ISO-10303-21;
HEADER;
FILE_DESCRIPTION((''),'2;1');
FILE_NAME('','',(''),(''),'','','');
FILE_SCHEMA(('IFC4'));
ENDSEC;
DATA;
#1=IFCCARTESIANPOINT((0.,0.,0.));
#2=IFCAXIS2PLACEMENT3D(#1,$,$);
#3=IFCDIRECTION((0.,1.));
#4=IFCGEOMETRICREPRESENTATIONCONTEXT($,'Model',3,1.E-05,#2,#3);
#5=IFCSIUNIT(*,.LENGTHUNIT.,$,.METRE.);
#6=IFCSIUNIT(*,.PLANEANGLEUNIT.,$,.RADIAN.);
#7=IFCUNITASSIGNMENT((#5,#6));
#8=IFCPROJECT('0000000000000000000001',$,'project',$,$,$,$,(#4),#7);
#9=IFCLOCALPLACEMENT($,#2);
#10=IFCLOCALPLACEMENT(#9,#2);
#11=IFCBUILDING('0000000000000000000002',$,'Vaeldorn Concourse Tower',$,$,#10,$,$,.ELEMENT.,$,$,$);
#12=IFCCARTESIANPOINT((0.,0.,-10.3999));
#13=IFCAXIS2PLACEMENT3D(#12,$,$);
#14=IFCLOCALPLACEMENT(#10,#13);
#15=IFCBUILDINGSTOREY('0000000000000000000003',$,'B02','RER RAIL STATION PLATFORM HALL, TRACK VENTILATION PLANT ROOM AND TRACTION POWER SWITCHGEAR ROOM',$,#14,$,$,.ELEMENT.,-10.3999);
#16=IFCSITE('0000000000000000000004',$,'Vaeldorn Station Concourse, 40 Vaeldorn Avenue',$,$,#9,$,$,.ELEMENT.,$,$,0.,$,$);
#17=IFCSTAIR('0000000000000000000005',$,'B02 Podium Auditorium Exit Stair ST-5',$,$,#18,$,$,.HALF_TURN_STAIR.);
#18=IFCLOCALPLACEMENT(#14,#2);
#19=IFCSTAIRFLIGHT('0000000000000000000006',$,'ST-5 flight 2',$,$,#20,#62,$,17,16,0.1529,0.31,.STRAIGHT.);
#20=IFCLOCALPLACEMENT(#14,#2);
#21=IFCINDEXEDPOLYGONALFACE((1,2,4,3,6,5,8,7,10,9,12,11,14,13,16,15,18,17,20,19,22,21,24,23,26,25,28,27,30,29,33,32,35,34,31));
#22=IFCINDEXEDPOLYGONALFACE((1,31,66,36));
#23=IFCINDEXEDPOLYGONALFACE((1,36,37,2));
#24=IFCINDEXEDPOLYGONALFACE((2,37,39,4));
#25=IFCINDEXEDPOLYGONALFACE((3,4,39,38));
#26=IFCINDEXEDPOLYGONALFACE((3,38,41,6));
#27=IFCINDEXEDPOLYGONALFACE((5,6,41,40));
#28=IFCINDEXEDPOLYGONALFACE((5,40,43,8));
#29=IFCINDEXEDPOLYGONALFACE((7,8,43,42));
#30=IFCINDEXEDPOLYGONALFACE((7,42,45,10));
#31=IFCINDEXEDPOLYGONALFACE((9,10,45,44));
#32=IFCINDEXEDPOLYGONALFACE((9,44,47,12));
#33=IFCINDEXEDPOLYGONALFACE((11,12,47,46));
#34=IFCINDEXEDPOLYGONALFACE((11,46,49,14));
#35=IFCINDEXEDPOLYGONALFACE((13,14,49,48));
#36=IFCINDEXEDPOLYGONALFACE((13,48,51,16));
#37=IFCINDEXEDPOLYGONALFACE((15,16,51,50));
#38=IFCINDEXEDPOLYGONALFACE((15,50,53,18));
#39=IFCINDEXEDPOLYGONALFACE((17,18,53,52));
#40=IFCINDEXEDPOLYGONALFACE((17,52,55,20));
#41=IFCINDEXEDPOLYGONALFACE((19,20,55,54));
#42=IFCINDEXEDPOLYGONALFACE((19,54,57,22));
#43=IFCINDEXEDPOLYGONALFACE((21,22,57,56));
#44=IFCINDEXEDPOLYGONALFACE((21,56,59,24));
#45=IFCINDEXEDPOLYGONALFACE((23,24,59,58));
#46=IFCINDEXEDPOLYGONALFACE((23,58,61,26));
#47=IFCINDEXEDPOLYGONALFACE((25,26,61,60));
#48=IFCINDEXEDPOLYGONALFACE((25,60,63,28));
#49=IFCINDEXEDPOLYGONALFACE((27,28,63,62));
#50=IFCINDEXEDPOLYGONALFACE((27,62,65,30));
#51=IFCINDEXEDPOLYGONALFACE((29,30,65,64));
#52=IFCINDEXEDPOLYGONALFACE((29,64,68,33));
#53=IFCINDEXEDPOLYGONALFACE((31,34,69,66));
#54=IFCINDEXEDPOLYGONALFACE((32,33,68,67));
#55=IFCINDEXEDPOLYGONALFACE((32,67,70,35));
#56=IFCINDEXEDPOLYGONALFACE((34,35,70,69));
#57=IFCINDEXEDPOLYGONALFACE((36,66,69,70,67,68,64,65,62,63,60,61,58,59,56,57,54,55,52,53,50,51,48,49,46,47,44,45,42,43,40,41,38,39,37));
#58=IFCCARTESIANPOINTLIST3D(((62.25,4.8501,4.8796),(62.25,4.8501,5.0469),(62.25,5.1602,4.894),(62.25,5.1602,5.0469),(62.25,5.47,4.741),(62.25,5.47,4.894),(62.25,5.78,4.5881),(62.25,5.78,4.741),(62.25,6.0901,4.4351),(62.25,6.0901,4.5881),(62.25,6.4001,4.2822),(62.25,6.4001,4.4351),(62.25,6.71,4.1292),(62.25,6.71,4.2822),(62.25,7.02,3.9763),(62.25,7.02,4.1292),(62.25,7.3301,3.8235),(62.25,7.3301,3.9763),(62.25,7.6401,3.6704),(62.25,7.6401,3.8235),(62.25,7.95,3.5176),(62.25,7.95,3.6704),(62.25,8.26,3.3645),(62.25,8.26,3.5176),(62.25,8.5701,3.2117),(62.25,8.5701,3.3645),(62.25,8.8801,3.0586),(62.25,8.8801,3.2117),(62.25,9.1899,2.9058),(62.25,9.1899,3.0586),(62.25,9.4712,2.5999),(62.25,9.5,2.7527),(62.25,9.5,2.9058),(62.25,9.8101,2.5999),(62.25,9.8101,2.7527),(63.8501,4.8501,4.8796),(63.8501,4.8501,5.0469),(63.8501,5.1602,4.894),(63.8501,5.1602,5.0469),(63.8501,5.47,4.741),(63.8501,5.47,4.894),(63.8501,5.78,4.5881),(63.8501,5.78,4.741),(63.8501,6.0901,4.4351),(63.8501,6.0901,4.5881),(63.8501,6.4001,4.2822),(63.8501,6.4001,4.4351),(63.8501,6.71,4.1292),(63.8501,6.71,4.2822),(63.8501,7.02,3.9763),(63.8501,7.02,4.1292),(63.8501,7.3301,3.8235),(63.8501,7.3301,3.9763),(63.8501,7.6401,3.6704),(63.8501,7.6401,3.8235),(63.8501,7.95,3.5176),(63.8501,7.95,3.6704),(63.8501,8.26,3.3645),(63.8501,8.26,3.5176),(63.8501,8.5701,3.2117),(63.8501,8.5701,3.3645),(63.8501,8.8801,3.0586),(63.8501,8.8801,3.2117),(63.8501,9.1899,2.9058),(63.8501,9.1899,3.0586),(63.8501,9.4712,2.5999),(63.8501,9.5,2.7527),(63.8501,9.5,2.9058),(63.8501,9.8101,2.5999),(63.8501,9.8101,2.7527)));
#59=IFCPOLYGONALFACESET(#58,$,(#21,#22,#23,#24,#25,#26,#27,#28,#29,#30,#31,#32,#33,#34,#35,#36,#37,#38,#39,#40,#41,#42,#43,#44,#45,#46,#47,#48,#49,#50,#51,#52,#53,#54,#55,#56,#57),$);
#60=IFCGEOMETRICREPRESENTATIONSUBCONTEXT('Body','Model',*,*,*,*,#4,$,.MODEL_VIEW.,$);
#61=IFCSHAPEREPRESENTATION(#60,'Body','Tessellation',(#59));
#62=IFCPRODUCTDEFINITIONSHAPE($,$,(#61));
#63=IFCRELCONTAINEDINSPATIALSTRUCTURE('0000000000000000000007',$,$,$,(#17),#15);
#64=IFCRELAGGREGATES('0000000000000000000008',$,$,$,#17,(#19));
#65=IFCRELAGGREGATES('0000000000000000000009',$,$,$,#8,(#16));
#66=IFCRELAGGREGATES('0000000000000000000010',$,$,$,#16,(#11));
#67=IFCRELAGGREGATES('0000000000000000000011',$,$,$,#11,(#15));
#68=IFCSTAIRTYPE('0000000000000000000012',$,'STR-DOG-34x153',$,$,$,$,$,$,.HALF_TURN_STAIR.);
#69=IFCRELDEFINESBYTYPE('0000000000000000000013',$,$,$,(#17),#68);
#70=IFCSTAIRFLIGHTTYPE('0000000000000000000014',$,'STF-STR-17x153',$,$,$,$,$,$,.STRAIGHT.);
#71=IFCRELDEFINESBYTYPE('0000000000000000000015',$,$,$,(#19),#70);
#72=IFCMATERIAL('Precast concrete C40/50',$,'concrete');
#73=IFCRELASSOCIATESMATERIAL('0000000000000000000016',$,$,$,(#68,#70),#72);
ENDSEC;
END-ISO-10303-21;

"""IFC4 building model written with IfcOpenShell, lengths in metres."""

from ifc_helpers import new_model, si_unit, direction, frame, origin, place, context, subcontext, project, spatial, polyline, outline, extrude, material, type_object, element, aggregate, save


model = new_model("IFC4")

# Units and contexts
model_context = context("Model", 3, precision=1e-05, world=origin(), true_north=direction((0.0, 1.0)))
body_context = subcontext(model_context, "Body", "Model", "MODEL_VIEW")
ifc_project = project(units=[si_unit("LENGTHUNIT", "METRE"), si_unit("PLANEANGLEUNIT", "RADIAN")], contexts=[model_context])

# Site, building, storey
site_placement = place(None, origin())
site = spatial("IfcSite", under=ifc_project, at=site_placement, Name="Vaeldorn Station Concourse, 40 Vaeldorn Avenue", CompositionType="ELEMENT", RefElevation=0.0)
building_placement = place(site_placement, origin())
building = spatial("IfcBuilding", under=site, at=building_placement, Name="Vaeldorn Concourse Tower", CompositionType="ELEMENT")
storey_placement = place(building_placement, frame((0.0, 0.0, -10.3999)))
storey = spatial("IfcBuildingStorey", under=building, at=storey_placement, Name="B02", Description="RER RAIL STATION PLATFORM HALL, TRACK VENTILATION PLANT ROOM AND TRACTION POWER SWITCHGEAR ROOM", CompositionType="ELEMENT", Elevation=-10.3999)

# Stair, stair flight
ifc_material_1 = material(Name="Precast concrete C40/50", Category="concrete")
stair_type = type_object("IfcStairType", Name="STR-DOG-34x153", PredefinedType="HALF_TURN_STAIR", material=ifc_material_1)
stair_placement = place(storey_placement, origin())
stair = element("IfcStair", 1, at=stair_placement, inside=storey, type_object=stair_type, Name="B02 Podium Auditorium Exit Stair ST-5", PredefinedType="HALF_TURN_STAIR")
stair_flight_type = type_object("IfcStairFlightType", Name="STF-STR-17x153", PredefinedType="STRAIGHT", material=ifc_material_1)
stair_flight_1_placement = place(storey_placement, frame((63.05, 9.8101, 2.5999), z_axis=(0.0, 0.0, 1.0), x_axis=(0.0, -1.0, 0.0)))
stair_flight_1 = element("IfcStairFlight", 2, at=stair_flight_1_placement, type_object=stair_flight_type, Name="ST-5 flight 2", NumberOfRisers=17, NumberOfTreads=16, PredefinedType="STRAIGHT", RiserHeight=0.1529, TreadLength=0.31, context=body_context, shape_type="SweptSolid", body=[
    extrude(outline(polyline([(0.0, 0.0), (0.0, 0.1528), (0.3101, 0.1528), (0.3101, 0.3059), (0.6201, 0.3059), (0.6201, 0.4587), (0.9299, 0.4587), (0.9299, 0.6118), (1.24, 0.6118), (1.24, 0.7646), (1.55, 0.7646), (1.55, 0.9177), (1.8601, 0.9177), (1.8601, 1.0706), (2.1699, 1.0706), (2.1699, 1.2236), (2.48, 1.2236), (2.48, 1.3765), (2.79, 1.3765), (2.79, 1.5293), (3.1001, 1.5293), (3.1001, 1.6824), (3.4099, 1.6824), (3.4099, 1.8352), (3.72, 1.8352), (3.72, 1.9883), (4.03, 1.9883), (4.03, 2.1411), (4.3401, 2.1411), (4.3401, 2.2942), (4.6499, 2.2942), (4.6499, 2.447), (4.96, 2.447), (4.96, 2.6001), (4.96, 2.2798), (0.3389, 0.0), (0.0, 0.0)])), frame((0.0, 0.8, 0.0), z_axis=(0.0, -1.0, 0.0), x_axis=(1.0, 0.0, 0.0)), (0.0, 0.0, 1.0), 1.6001),
])
aggregate(stair, [stair_flight_1])

save(model, "model.ifc")
